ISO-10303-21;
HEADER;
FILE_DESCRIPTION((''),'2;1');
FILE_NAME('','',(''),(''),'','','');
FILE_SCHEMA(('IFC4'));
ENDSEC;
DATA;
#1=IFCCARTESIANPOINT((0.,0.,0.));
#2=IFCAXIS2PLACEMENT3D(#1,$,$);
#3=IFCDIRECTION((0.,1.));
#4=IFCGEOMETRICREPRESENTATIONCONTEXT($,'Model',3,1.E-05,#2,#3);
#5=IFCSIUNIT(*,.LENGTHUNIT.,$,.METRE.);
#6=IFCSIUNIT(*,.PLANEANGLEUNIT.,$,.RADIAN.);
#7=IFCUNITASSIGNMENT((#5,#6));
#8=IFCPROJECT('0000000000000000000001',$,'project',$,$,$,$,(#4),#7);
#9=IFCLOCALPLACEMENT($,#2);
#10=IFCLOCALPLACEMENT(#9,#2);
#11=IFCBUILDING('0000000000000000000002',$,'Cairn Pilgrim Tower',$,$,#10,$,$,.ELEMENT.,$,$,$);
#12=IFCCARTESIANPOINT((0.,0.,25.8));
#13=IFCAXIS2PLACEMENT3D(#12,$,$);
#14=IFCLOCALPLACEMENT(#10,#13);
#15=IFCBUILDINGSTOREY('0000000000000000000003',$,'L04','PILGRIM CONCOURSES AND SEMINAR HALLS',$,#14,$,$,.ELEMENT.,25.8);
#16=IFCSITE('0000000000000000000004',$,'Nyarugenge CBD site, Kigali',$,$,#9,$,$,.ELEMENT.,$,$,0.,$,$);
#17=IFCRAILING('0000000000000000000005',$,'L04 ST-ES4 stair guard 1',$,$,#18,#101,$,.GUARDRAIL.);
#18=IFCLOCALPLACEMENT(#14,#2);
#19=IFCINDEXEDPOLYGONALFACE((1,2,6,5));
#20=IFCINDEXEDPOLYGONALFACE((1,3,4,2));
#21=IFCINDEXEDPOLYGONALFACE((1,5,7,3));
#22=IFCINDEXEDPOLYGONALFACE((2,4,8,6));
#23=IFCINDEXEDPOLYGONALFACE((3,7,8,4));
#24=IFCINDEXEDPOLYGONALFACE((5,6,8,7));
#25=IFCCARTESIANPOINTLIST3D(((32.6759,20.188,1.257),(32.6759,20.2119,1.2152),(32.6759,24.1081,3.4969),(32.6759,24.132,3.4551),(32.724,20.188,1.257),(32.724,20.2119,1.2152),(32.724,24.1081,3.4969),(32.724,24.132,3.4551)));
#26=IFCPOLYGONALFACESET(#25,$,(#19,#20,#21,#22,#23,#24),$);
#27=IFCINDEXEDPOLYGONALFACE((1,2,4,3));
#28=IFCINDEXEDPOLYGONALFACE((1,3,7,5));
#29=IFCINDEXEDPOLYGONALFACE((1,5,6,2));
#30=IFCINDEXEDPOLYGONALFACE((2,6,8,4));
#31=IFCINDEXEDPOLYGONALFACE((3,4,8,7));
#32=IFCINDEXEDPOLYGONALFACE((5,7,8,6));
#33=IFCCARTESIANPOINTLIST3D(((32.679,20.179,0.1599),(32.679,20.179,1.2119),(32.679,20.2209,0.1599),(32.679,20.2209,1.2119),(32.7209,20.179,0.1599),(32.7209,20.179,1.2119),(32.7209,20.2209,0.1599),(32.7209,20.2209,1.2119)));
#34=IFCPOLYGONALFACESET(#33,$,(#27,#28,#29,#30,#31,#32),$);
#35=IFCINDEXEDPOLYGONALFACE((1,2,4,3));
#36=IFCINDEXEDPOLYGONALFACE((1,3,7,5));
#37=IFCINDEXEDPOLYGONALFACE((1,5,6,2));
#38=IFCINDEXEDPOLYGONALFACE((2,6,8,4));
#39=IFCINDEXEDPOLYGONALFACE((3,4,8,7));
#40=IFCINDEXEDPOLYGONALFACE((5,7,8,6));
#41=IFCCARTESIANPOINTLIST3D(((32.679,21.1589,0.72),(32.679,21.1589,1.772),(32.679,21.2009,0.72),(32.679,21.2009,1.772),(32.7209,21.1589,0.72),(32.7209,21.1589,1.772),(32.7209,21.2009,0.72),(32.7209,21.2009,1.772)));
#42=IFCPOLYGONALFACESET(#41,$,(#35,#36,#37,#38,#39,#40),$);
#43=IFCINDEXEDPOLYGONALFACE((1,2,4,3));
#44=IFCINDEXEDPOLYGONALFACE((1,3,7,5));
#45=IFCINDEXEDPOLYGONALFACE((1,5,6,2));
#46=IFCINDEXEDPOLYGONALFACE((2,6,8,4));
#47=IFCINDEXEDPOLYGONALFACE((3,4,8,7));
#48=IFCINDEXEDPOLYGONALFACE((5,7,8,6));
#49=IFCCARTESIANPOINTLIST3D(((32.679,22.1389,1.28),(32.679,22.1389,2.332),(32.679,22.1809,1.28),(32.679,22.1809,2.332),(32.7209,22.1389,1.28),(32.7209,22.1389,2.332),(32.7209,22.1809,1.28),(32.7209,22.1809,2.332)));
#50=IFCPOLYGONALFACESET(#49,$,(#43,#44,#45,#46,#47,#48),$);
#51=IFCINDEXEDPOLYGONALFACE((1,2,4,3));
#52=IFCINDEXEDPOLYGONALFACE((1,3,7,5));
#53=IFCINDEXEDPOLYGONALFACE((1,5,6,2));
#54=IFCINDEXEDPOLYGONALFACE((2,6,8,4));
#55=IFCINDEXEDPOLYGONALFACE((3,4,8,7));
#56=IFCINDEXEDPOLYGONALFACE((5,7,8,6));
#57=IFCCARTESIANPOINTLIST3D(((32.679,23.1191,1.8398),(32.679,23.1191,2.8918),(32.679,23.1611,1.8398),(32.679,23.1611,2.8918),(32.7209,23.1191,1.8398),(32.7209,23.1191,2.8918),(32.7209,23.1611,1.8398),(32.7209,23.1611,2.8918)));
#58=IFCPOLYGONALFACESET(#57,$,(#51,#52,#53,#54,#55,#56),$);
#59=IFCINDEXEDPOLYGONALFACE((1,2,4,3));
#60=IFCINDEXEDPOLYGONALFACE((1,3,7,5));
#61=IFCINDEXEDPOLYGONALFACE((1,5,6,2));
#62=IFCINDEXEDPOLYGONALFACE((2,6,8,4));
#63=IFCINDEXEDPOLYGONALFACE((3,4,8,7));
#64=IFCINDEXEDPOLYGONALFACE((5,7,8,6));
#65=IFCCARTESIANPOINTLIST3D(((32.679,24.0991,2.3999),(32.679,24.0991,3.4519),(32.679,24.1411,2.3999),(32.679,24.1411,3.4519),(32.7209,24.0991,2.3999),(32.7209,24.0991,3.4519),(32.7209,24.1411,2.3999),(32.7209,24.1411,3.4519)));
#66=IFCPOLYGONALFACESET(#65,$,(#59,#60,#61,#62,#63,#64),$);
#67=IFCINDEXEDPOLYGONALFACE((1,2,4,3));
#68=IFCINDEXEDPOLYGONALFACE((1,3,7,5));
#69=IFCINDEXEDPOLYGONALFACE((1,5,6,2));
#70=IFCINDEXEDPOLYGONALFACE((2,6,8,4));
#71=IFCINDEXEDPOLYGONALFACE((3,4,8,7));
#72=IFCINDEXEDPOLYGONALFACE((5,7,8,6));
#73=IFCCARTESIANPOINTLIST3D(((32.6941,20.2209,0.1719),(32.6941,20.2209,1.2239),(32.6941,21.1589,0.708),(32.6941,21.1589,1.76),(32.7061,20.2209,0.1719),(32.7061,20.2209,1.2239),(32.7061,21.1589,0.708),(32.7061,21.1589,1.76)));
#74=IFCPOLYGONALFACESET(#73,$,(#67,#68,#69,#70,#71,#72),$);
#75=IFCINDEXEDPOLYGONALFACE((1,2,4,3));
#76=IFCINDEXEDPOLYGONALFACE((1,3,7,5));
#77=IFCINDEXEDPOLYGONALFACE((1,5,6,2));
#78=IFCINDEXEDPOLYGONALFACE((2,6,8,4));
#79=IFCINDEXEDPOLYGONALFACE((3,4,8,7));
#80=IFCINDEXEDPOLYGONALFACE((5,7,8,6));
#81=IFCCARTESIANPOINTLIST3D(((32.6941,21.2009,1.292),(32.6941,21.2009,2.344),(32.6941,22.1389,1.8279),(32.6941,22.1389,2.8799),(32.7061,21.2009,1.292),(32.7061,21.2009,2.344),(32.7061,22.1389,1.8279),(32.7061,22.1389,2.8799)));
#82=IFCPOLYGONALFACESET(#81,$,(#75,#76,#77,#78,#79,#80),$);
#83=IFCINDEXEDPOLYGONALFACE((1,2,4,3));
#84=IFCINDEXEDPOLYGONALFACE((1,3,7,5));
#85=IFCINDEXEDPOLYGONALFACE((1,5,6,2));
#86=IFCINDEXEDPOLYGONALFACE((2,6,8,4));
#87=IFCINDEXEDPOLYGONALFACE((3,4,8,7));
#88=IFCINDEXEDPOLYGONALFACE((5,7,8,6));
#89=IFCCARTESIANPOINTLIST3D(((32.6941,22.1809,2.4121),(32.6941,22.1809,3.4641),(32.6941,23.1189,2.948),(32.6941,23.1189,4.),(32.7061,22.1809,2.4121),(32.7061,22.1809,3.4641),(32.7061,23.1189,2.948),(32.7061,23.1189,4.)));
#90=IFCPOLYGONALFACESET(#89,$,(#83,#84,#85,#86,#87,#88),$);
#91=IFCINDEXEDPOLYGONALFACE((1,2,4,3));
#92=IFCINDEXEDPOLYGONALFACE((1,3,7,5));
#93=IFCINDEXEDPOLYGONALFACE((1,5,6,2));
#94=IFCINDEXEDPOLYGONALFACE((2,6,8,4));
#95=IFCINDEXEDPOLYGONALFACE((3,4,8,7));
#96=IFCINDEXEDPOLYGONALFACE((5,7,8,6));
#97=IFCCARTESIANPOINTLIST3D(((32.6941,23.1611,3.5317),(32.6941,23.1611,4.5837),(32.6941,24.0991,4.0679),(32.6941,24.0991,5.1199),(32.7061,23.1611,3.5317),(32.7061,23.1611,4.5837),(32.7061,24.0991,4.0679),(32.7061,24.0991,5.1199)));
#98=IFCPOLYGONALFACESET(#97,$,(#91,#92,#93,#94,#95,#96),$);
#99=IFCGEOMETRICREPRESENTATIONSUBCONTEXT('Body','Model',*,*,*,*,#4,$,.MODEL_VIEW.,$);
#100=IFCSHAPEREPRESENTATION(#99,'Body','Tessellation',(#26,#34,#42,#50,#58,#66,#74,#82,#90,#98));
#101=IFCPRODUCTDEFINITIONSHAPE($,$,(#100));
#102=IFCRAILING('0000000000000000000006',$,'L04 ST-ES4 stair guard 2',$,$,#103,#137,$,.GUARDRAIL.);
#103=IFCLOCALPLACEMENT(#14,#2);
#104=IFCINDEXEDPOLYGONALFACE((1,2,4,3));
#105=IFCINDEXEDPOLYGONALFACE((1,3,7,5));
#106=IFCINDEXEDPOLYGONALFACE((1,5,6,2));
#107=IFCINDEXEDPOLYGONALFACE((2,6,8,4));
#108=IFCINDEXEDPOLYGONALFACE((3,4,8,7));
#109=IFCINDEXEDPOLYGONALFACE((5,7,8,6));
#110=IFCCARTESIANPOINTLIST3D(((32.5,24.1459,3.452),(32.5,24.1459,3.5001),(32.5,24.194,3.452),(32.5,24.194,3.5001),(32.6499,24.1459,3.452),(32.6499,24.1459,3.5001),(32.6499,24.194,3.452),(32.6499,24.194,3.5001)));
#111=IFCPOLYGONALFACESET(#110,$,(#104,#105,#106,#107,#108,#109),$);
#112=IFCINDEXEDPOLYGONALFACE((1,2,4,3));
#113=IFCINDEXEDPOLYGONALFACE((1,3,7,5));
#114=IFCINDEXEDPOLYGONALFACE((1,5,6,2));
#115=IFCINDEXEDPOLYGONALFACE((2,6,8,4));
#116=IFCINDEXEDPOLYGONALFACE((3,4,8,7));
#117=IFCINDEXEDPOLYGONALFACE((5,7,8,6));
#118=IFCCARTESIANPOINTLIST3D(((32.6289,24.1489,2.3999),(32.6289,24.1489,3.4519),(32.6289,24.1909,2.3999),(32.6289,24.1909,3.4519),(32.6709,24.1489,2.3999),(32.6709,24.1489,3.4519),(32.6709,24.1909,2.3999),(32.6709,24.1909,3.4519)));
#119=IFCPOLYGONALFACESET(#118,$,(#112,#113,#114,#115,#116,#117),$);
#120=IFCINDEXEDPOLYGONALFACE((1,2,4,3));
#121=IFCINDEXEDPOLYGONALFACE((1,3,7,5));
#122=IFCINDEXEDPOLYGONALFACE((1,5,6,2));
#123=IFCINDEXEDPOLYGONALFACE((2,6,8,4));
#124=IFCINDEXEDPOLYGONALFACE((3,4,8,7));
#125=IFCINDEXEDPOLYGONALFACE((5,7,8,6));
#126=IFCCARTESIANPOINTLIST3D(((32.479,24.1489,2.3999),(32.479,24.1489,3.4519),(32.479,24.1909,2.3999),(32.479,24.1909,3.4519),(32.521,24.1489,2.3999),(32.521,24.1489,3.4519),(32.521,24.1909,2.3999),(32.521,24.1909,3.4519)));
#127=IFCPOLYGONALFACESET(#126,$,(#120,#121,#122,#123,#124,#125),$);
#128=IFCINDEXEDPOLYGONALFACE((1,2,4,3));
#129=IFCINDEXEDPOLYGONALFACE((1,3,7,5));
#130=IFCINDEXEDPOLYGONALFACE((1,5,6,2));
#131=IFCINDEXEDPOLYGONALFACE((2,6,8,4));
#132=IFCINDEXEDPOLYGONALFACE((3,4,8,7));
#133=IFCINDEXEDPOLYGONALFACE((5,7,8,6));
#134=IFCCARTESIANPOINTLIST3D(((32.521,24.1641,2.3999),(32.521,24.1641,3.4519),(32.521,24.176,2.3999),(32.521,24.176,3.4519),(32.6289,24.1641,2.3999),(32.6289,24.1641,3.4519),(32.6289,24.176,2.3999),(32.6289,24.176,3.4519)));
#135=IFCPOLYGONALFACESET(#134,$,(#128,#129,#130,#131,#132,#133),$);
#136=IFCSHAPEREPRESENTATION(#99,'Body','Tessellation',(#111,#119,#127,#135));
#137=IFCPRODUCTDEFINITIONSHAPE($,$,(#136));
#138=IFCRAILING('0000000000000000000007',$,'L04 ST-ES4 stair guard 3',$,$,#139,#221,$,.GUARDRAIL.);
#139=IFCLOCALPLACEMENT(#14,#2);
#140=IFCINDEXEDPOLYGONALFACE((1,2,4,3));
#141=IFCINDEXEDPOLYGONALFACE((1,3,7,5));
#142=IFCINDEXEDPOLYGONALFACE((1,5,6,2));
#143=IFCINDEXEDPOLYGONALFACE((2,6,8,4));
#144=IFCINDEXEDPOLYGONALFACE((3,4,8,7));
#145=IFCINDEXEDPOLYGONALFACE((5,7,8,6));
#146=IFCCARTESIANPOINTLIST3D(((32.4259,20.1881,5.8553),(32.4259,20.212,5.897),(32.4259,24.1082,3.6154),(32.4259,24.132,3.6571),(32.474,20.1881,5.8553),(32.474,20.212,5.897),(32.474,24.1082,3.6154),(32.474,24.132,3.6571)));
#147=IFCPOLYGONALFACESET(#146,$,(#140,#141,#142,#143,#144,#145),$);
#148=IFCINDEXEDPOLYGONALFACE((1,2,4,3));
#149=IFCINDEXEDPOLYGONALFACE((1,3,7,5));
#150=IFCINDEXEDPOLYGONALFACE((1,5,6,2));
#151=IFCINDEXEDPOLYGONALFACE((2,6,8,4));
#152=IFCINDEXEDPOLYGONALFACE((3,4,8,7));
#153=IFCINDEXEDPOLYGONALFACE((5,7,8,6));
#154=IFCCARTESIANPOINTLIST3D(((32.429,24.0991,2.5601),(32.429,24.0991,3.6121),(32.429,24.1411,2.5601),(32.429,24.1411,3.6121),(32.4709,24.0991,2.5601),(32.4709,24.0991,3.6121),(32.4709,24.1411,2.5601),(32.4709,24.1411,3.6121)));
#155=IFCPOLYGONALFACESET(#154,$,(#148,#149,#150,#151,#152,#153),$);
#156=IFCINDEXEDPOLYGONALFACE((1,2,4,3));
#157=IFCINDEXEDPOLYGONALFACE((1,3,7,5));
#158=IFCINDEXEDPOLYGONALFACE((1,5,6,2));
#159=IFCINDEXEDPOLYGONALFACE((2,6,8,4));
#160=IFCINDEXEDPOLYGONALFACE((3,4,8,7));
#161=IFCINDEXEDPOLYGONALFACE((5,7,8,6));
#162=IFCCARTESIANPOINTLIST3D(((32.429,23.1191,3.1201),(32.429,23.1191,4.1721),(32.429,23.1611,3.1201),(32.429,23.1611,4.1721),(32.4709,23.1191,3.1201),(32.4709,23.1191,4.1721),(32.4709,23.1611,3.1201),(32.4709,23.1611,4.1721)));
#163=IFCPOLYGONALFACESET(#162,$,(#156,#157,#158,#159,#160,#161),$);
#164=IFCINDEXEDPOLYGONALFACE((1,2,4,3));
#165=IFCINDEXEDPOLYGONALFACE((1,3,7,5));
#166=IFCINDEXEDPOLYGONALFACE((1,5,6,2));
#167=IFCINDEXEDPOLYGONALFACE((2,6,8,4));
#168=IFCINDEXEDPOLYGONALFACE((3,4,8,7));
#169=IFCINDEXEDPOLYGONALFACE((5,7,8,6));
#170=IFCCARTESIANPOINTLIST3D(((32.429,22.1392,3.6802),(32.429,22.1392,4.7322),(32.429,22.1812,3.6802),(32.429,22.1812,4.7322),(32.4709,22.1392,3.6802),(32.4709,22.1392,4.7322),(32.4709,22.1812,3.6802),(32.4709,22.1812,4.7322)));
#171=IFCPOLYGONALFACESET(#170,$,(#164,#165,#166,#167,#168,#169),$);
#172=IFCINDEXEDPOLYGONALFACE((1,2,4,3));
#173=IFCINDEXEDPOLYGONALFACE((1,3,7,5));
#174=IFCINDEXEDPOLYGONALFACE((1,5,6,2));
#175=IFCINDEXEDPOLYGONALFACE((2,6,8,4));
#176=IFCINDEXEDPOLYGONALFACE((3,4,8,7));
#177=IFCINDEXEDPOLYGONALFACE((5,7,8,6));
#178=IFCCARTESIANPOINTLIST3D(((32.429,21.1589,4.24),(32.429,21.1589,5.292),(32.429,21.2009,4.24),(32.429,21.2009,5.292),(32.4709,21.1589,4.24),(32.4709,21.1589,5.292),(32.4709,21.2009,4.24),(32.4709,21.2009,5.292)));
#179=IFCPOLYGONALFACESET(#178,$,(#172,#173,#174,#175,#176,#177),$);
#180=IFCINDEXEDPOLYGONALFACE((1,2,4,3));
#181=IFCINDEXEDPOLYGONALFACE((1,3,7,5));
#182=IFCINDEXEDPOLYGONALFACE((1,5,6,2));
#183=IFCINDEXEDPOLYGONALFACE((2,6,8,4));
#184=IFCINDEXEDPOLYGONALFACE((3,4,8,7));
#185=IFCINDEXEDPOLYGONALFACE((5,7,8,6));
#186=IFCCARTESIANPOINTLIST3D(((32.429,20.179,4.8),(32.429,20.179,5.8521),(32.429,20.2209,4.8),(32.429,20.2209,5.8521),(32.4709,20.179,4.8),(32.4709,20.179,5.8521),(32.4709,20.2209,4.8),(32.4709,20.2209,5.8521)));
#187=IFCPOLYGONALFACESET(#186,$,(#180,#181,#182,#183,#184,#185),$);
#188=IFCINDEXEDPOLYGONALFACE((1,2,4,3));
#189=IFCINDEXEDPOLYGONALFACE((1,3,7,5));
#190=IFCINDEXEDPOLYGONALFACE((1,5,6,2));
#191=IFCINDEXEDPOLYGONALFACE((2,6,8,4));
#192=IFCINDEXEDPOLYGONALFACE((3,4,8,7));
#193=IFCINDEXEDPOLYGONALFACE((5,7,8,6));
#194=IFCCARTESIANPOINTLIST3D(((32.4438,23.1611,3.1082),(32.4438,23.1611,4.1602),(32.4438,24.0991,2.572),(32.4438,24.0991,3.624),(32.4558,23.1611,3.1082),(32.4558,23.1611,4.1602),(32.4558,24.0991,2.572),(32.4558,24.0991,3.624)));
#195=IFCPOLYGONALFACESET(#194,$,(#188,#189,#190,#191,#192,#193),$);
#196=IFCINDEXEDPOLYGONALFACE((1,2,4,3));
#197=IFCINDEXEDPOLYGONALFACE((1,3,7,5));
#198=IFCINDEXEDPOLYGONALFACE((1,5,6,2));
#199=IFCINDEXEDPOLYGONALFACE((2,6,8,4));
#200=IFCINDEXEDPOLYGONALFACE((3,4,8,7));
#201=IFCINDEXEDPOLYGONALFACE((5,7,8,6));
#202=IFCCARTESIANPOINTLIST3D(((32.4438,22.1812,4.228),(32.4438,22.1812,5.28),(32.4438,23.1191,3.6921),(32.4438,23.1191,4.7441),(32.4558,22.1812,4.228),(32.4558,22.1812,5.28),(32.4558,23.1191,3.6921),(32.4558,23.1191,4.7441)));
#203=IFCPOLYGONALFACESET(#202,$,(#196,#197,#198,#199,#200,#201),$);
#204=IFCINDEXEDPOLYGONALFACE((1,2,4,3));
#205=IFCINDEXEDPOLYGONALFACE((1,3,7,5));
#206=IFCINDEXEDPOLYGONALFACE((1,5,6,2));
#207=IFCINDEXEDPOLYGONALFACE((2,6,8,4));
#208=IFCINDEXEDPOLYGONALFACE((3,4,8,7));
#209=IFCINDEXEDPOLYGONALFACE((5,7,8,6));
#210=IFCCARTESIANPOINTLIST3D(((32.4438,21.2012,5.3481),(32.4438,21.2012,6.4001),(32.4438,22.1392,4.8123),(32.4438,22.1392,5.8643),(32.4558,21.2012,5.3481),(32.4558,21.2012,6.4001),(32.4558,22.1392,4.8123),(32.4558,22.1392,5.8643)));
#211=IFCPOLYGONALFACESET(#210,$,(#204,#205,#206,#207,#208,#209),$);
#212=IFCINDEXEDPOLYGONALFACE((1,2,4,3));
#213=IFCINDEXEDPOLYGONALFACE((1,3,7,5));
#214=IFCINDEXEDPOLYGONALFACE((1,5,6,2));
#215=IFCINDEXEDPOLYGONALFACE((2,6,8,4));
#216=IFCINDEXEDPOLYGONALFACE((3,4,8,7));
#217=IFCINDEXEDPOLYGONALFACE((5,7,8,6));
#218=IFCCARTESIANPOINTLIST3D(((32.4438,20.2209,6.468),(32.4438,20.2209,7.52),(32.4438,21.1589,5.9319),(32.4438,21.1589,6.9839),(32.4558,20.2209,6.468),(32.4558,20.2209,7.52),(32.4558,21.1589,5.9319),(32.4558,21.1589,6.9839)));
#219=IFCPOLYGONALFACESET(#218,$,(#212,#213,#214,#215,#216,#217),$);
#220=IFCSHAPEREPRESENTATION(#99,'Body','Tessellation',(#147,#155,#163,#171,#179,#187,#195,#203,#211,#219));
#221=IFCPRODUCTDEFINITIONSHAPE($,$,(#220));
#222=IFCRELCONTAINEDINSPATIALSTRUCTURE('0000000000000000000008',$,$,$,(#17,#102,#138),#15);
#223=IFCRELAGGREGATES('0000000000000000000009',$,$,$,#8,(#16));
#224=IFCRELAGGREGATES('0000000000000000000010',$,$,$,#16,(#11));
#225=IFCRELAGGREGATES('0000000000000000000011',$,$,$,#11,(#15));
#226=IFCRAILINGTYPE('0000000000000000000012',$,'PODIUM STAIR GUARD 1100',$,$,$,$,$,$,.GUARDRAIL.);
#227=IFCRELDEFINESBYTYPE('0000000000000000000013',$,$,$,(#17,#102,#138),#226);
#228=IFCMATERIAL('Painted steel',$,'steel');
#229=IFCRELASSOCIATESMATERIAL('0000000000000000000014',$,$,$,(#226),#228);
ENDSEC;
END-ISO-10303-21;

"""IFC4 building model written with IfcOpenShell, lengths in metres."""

from ifc_helpers import new_model, si_unit, direction, frame, origin, origin_2d, place, context, subcontext, project, spatial, polyline, rectangle, outline, extrude, material, type_object, element, save


model = new_model("IFC4")

# Units and contexts
model_context = context("Model", 3, precision=1e-05, world=origin(), true_north=direction((0.0, 1.0)))
body_context = subcontext(model_context, "Body", "Model", "MODEL_VIEW")
ifc_project = project(units=[si_unit("LENGTHUNIT", "METRE"), si_unit("PLANEANGLEUNIT", "RADIAN")], contexts=[model_context])

# Site, building, storey
site_placement = place(None, origin())
site = spatial("IfcSite", under=ifc_project, at=site_placement, Name="Nyarugenge CBD site, Kigali", CompositionType="ELEMENT", RefElevation=0.0)
building_placement = place(site_placement, origin())
building = spatial("IfcBuilding", under=site, at=building_placement, Name="Cairn Pilgrim Tower", CompositionType="ELEMENT")
storey_placement = place(building_placement, frame((0.0, 0.0, 25.8)))
storey = spatial("IfcBuildingStorey", under=building, at=storey_placement, Name="L04", Description="PILGRIM CONCOURSES AND SEMINAR HALLS", CompositionType="ELEMENT", Elevation=25.8)

# Railings
ifc_material_1 = material(Name="Painted steel", Category="steel")
railing_type_1 = type_object("IfcRailingType", Name="PODIUM STAIR GUARD 1100", PredefinedType="GUARDRAIL", material=ifc_material_1)
railing_1_placement = place(storey_placement, frame((32.7, 20.2, 0.1599)))
element("IfcRailing", 1, at=railing_1_placement, inside=storey, type_object=railing_type_1, Name="L04 ST-ES4 stair guard 1", PredefinedType="GUARDRAIL", context=body_context, shape_type="SweptSolid", body=[
    extrude(rectangle(XDim=0.0481, YDim=0.0481, at=origin_2d()), frame((0.0, 0.0, 1.0762), z_axis=(0.0, 0.868253, 0.496121), x_axis=(-1.0, 0.0, 0.0)), (0.0, 0.0, 1.0), 4.5149),
    extrude(rectangle(XDim=0.042, YDim=0.042, at=origin_2d()), origin(), (0.0, 0.0, 1.0), 1.052),
    extrude(rectangle(XDim=0.042, YDim=0.042, at=origin_2d()), frame((0.0, 0.98, 0.5601)), (0.0, 0.0, 1.0), 1.052),
    extrude(rectangle(XDim=0.042, YDim=0.042, at=origin_2d()), frame((0.0, 1.96, 1.1201)), (0.0, 0.0, 1.0), 1.052),
    extrude(rectangle(XDim=0.042, YDim=0.042, at=origin_2d()), frame((0.0, 2.9402, 1.6799)), (0.0, 0.0, 1.0), 1.052),
    extrude(rectangle(XDim=0.042, YDim=0.042, at=origin_2d()), frame((0.0, 3.9202, 2.24)), (0.0, 0.0, 1.0), 1.052),
    extrude(outline(polyline([(0.021, 0.012), (0.959, 0.5481), (0.959, 1.6001), (0.021, 1.064), (0.021, 0.012)])), frame((-0.0059, 0.0, 0.0), z_axis=(1.0, 0.0, 0.0), x_axis=(0.0, 1.0, 0.0)), (0.0, 0.0, 1.0), 0.012),
    extrude(outline(polyline([(0.021, 0.572), (0.959, 1.1079), (0.959, 2.1599), (0.021, 1.624), (0.021, 0.572)])), frame((-0.0059, 0.98, 0.5601), z_axis=(1.0, 0.0, 0.0), x_axis=(0.0, 1.0, 0.0)), (0.0, 0.0, 1.0), 0.012),
    extrude(outline(polyline([(0.021, 1.1321), (0.959, 1.668), (0.959, 2.72), (0.021, 2.1841), (0.021, 1.1321)])), frame((-0.0059, 1.96, 1.1201), z_axis=(1.0, 0.0, 0.0), x_axis=(0.0, 1.0, 0.0)), (0.0, 0.0, 1.0), 0.012),
    extrude(outline(polyline([(0.021, 1.6919), (0.959, 2.228), (0.959, 3.28), (0.021, 2.7439), (0.021, 1.6919)])), frame((-0.0059, 2.9402, 1.6799), z_axis=(1.0, 0.0, 0.0), x_axis=(0.0, 1.0, 0.0)), (0.0, 0.0, 1.0), 0.012),
])
railing_2_placement = place(storey_placement, frame((32.6499, 24.1699, 2.3999)))
element("IfcRailing", 2, at=railing_2_placement, inside=storey, type_object=railing_type_1, Name="L04 ST-ES4 stair guard 2", PredefinedType="GUARDRAIL", context=body_context, shape_type="SweptSolid", body=[
    extrude(rectangle(XDim=0.0481, YDim=0.0481, at=origin_2d()), frame((0.0, 0.0, 1.0762), z_axis=(-1.0, 0.0, 0.0), x_axis=(0.0, -1.0, 0.0)), (0.0, 0.0, 1.0), 0.1499),
    extrude(rectangle(XDim=0.042, YDim=0.042, at=origin_2d()), origin(), (0.0, 0.0, 1.0), 1.052),
    extrude(rectangle(XDim=0.042, YDim=0.042, at=origin_2d()), frame((-0.1499, 0.0, 0.0)), (0.0, 0.0, 1.0), 1.052),
    extrude(outline(polyline([(0.021, 0.0), (0.1289, 0.0), (0.1289, 1.052), (0.021, 1.052), (0.021, 0.0)])), frame((0.0, -0.0059, 0.0), z_axis=(0.0, 1.0, 0.0), x_axis=(-1.0, 0.0, 0.0)), (0.0, 0.0, 1.0), 0.012),
])
railing_3_placement = place(storey_placement, frame((32.45, 24.1201, 2.5601)))
element("IfcRailing", 3, at=railing_3_placement, inside=storey, type_object=railing_type_1, Name="L04 ST-ES4 stair guard 3", PredefinedType="GUARDRAIL", context=body_context, shape_type="SweptSolid", body=[
    extrude(rectangle(XDim=0.0481, YDim=0.0481, at=origin_2d()), frame((0.0, 0.0, 1.0762), z_axis=(0.0, -0.868253, 0.496121), x_axis=(1.0, 0.0, 0.0)), (0.0, 0.0, 1.0), 4.5149),
    extrude(rectangle(XDim=0.042, YDim=0.042, at=origin_2d()), origin(), (0.0, 0.0, 1.0), 1.052),
    extrude(rectangle(XDim=0.042, YDim=0.042, at=origin_2d()), frame((0.0, -0.98, 0.5601)), (0.0, 0.0, 1.0), 1.052),
    extrude(rectangle(XDim=0.042, YDim=0.042, at=origin_2d()), frame((0.0, -1.96, 1.1201)), (0.0, 0.0, 1.0), 1.052),
    extrude(rectangle(XDim=0.042, YDim=0.042, at=origin_2d()), frame((0.0, -2.9402, 1.6799)), (0.0, 0.0, 1.0), 1.052),
    extrude(rectangle(XDim=0.042, YDim=0.042, at=origin_2d()), frame((0.0, -3.9202, 2.24)), (0.0, 0.0, 1.0), 1.052),
    extrude(outline(polyline([(0.021, 0.012), (0.959, 0.5481), (0.959, 1.6001), (0.021, 1.064), (0.021, 0.012)])), frame((0.0059, 0.0, 0.0), z_axis=(-1.0, 0.0, 0.0), x_axis=(0.0, -1.0, 0.0)), (0.0, 0.0, 1.0), 0.012),
    extrude(outline(polyline([(0.021, 0.572), (0.959, 1.1079), (0.959, 2.1599), (0.021, 1.624), (0.021, 0.572)])), frame((0.0059, -0.98, 0.5601), z_axis=(-1.0, 0.0, 0.0), x_axis=(0.0, -1.0, 0.0)), (0.0, 0.0, 1.0), 0.012),
    extrude(outline(polyline([(0.021, 1.1321), (0.959, 1.668), (0.959, 2.72), (0.021, 2.1841), (0.021, 1.1321)])), frame((0.0059, -1.96, 1.1201), z_axis=(-1.0, 0.0, 0.0), x_axis=(0.0, -1.0, 0.0)), (0.0, 0.0, 1.0), 0.012),
    extrude(outline(polyline([(0.021, 1.6919), (0.959, 2.228), (0.959, 3.28), (0.021, 2.7439), (0.021, 1.6919)])), frame((0.0059, -2.9402, 1.6799), z_axis=(-1.0, 0.0, 0.0), x_axis=(0.0, -1.0, 0.0)), (0.0, 0.0, 1.0), 0.012),
])

save(model, "model.ifc")
